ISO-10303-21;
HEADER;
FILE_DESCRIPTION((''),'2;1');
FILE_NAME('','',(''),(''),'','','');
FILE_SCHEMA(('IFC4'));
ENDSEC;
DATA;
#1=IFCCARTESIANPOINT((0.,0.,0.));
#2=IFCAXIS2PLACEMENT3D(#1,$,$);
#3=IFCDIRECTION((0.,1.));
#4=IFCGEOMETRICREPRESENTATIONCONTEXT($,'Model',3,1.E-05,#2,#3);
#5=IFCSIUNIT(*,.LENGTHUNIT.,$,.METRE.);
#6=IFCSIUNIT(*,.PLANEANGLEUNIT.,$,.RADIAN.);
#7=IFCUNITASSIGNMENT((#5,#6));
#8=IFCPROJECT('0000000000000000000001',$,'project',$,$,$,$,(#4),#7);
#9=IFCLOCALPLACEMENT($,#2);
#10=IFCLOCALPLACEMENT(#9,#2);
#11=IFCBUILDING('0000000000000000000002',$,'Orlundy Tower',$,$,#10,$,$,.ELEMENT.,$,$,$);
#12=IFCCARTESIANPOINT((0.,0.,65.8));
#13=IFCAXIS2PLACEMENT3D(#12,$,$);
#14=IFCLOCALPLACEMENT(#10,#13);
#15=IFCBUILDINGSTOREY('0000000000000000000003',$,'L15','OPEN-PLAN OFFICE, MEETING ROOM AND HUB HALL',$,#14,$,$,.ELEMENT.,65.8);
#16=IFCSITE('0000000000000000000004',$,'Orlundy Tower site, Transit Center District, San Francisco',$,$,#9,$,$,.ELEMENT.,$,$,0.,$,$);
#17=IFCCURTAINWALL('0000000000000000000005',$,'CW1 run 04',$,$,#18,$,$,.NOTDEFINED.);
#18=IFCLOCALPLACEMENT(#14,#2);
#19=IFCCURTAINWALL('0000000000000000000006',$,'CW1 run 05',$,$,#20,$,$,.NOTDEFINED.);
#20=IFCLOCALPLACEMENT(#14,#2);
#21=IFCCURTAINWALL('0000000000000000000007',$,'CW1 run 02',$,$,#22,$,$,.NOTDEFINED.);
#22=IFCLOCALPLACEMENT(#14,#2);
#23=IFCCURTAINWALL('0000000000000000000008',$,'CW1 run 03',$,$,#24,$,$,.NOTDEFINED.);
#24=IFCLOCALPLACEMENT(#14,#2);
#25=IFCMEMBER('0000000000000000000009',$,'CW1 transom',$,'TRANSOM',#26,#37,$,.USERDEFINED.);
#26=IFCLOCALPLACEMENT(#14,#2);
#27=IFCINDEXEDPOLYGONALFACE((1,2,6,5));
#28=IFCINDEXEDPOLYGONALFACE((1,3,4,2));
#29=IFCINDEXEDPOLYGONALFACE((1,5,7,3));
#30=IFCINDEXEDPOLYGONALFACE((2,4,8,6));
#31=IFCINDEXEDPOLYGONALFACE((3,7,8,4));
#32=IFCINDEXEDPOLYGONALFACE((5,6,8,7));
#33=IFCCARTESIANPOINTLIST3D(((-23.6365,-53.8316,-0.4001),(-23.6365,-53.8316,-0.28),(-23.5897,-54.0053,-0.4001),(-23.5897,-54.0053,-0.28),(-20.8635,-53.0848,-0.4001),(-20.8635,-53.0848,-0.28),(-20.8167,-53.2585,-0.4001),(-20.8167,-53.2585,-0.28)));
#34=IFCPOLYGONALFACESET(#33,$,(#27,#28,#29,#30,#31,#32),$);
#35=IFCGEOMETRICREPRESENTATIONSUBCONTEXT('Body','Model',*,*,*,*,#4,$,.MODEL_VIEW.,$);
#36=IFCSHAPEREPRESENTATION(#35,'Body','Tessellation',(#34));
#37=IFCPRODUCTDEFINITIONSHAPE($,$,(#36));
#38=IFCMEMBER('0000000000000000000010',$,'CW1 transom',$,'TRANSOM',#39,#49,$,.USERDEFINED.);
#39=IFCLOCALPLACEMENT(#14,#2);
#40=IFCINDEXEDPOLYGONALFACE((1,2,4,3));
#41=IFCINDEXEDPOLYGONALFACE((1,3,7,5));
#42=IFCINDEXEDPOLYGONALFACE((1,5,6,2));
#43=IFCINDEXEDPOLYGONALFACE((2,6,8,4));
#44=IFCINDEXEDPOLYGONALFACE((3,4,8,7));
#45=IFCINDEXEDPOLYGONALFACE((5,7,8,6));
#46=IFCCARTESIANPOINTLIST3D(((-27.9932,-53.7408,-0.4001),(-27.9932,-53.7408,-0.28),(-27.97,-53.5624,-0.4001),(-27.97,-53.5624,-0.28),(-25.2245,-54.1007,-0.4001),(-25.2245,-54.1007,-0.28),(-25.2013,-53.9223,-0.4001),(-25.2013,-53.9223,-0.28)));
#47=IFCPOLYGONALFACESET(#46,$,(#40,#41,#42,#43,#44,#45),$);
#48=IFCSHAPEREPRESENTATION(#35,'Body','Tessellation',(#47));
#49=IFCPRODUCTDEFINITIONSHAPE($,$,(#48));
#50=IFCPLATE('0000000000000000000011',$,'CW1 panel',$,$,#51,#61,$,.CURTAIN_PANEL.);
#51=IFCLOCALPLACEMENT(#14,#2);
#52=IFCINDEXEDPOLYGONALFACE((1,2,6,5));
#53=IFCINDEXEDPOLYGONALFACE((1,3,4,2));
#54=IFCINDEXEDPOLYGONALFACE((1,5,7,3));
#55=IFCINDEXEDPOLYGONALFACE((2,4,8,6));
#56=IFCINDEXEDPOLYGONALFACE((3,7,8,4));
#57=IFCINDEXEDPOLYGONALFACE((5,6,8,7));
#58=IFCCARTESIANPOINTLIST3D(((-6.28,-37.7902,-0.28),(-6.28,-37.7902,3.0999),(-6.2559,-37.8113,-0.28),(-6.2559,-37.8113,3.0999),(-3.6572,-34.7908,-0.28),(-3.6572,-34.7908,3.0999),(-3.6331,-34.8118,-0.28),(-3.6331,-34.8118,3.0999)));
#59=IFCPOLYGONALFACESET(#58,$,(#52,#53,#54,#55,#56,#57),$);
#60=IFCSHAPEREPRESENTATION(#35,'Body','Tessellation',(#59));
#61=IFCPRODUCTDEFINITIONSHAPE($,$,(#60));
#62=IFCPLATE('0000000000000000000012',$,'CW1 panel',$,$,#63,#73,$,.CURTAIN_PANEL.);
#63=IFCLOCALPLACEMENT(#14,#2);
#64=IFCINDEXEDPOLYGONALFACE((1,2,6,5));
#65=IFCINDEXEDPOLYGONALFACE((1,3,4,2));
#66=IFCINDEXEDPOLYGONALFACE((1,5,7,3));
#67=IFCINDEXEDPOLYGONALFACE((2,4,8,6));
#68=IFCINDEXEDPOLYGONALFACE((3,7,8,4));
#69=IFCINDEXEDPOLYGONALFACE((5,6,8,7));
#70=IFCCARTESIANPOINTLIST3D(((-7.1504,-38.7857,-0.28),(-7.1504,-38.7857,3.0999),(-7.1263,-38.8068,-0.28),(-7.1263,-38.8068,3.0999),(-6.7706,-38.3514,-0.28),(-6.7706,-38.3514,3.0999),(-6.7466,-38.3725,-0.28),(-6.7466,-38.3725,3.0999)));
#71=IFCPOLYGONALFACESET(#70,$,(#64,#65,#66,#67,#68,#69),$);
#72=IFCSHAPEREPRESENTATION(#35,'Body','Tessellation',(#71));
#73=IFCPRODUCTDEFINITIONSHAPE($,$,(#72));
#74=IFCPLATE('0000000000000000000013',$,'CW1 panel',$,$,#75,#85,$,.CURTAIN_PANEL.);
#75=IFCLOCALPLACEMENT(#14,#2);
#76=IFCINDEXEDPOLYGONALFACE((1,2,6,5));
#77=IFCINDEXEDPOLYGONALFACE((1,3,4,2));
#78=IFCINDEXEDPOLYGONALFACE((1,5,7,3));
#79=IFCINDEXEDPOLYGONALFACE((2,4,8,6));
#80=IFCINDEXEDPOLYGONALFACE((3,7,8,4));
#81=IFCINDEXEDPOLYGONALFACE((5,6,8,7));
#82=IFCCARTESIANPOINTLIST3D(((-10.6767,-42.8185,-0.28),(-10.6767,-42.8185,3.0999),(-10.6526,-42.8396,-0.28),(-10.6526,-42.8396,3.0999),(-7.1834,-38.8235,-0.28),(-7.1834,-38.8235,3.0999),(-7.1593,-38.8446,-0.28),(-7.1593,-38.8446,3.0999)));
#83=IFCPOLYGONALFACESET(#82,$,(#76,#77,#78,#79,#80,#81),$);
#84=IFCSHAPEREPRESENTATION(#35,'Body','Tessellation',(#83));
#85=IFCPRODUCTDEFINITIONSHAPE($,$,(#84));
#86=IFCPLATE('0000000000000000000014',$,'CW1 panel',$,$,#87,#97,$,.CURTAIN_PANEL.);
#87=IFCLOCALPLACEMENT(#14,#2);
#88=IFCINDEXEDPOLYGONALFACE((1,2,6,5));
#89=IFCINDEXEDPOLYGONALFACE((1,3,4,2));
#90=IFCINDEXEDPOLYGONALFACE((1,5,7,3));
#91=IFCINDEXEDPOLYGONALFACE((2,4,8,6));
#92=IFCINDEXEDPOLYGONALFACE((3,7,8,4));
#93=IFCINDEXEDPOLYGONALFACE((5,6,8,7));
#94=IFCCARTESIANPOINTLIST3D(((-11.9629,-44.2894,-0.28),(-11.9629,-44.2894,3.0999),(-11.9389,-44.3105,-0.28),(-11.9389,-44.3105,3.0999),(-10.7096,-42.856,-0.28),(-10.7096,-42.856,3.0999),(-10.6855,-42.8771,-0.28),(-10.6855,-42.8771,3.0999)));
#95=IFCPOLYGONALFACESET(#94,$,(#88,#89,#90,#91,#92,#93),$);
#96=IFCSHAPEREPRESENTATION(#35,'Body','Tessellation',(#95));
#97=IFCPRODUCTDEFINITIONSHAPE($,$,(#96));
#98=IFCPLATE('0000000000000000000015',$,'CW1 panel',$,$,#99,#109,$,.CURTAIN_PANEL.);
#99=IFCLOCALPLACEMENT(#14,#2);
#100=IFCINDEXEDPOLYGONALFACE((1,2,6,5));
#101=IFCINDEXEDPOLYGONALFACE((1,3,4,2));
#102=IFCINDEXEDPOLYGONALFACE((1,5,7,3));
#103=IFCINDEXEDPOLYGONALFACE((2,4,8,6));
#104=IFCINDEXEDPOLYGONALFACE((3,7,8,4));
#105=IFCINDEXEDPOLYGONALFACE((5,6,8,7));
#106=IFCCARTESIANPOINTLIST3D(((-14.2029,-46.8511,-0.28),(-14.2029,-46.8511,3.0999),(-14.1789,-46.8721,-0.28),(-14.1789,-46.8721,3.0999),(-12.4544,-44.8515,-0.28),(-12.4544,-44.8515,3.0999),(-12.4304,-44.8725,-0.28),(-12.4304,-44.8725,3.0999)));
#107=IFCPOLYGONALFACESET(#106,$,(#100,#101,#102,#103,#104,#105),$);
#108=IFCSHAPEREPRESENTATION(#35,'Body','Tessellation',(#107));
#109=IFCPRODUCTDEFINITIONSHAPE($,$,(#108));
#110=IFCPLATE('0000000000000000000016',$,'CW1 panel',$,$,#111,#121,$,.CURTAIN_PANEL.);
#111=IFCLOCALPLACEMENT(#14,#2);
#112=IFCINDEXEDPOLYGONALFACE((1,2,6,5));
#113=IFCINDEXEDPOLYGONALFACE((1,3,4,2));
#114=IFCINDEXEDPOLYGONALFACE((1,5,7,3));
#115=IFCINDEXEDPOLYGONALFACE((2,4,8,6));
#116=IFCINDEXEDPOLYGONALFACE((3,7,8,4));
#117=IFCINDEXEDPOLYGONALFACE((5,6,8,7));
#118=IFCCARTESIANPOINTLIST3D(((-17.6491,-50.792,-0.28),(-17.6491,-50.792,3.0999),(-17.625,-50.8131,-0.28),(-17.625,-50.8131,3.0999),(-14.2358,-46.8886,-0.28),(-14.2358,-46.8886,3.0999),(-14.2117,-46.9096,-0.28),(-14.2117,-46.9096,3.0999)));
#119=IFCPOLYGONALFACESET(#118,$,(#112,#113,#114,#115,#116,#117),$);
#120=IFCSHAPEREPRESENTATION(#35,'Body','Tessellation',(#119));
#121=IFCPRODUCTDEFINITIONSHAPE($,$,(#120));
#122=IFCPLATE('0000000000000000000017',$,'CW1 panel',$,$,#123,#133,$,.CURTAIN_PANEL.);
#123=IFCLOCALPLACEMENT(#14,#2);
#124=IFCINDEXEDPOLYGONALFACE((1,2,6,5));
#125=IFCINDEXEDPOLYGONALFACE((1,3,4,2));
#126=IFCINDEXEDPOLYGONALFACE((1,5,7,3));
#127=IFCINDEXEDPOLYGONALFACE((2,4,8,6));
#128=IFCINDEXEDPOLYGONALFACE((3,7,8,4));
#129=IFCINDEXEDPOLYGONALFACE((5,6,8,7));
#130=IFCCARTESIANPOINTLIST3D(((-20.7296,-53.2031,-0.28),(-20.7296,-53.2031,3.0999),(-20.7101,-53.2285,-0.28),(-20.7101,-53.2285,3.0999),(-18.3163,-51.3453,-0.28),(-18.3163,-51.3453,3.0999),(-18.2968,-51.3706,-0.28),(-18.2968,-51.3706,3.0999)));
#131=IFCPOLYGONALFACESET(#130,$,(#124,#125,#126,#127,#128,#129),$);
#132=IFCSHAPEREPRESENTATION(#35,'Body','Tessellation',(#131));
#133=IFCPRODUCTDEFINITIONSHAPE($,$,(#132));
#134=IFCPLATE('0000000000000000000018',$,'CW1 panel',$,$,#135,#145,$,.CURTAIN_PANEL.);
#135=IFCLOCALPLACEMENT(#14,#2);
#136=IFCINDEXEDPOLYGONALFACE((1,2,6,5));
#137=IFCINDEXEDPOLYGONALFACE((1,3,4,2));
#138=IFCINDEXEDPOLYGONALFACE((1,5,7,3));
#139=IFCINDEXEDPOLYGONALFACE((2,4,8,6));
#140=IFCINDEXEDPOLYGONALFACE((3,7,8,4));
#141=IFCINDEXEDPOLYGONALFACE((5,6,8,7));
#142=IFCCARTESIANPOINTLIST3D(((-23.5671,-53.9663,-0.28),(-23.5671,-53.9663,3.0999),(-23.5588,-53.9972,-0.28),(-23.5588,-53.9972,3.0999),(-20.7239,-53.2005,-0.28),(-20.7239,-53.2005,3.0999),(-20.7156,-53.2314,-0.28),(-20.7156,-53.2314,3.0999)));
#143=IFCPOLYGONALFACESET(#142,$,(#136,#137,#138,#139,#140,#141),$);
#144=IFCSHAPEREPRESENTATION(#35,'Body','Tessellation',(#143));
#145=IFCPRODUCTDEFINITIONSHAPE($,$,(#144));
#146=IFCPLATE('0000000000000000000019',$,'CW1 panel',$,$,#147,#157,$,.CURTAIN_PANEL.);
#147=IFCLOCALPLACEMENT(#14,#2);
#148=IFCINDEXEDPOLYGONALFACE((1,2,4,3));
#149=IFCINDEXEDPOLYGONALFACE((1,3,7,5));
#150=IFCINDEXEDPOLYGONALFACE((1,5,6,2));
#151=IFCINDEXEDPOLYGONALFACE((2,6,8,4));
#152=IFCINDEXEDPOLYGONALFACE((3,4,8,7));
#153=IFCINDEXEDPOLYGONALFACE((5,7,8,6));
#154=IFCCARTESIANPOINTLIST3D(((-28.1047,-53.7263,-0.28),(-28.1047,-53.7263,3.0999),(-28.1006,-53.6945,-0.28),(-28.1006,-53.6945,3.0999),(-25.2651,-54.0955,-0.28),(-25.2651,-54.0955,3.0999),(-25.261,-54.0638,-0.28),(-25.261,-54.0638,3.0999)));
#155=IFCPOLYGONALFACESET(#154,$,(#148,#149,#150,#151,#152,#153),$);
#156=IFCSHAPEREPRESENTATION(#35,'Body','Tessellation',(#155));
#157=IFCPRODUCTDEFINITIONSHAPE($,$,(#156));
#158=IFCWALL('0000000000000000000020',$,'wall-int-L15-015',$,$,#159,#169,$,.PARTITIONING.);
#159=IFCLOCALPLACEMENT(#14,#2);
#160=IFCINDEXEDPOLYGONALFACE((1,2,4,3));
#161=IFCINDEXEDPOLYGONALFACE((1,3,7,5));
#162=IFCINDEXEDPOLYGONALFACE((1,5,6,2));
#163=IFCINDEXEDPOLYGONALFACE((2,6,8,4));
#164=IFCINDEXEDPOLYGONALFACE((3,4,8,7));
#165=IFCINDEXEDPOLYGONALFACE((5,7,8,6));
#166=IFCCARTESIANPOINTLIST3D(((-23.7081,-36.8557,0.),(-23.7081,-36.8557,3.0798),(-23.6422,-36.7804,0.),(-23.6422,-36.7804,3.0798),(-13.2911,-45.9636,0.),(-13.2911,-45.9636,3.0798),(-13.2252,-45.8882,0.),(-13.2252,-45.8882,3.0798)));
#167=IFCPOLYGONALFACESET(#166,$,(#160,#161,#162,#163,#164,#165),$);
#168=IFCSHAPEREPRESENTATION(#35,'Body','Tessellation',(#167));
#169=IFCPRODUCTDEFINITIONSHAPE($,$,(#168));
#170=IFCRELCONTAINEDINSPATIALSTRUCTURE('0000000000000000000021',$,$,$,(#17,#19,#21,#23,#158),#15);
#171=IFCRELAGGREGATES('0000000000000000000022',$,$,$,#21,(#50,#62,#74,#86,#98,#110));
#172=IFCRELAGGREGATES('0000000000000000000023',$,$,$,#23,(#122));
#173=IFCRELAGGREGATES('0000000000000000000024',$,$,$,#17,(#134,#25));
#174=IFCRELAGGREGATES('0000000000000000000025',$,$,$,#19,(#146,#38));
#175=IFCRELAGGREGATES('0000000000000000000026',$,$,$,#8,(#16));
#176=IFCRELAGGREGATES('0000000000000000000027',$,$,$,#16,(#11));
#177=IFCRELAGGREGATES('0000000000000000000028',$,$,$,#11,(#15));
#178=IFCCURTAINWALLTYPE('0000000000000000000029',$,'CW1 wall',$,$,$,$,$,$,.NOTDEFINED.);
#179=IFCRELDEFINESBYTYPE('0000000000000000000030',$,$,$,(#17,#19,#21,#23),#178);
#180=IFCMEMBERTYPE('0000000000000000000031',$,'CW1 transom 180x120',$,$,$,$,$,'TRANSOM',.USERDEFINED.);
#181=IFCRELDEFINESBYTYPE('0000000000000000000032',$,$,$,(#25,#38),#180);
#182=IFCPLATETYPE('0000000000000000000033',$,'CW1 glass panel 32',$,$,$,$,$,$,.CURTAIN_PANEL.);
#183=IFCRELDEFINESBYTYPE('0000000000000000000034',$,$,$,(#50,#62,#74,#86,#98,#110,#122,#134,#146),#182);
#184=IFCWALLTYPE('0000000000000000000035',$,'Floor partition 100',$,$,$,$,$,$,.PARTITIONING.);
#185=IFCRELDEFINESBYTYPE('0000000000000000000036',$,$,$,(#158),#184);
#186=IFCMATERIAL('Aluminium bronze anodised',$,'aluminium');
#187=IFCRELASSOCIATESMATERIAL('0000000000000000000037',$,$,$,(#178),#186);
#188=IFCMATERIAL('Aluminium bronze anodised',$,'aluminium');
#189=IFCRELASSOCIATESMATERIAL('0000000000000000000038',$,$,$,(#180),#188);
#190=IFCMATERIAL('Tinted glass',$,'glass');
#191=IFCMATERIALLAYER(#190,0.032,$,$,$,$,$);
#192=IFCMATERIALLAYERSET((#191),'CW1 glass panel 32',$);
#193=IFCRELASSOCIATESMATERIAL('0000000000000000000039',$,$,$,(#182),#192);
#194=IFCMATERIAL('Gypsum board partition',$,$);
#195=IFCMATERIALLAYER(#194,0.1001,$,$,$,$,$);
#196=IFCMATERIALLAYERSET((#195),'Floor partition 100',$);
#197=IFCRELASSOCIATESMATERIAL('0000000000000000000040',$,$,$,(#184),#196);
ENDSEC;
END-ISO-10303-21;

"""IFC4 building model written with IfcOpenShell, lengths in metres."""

from ifc_helpers import new_model, si_unit, direction, frame, frame_2d, origin, origin_2d, place, context, subcontext, project, spatial, rectangle, extrude, material, layer, layer_set, material_profile, profile_set, type_object, element, aggregate, save


model = new_model("IFC4")

# Units and contexts
model_context = context("Model", 3, precision=1e-05, world=origin(), true_north=direction((0.0, 1.0)))
body_context = subcontext(model_context, "Body", "Model", "MODEL_VIEW")
ifc_project = project(units=[si_unit("LENGTHUNIT", "METRE"), si_unit("PLANEANGLEUNIT", "RADIAN")], contexts=[model_context])

# Site, building, storey
site_placement = place(None, origin())
site = spatial("IfcSite", under=ifc_project, at=site_placement, Name="Orlundy Tower site, Transit Center District, San Francisco", CompositionType="ELEMENT", RefElevation=0.0)
building_placement = place(site_placement, origin())
building = spatial("IfcBuilding", under=site, at=building_placement, Name="Orlundy Tower", CompositionType="ELEMENT")
storey_placement = place(building_placement, frame((0.0, 0.0, 65.8)))
storey = spatial("IfcBuildingStorey", under=building, at=storey_placement, Name="L15", Description="OPEN-PLAN OFFICE, MEETING ROOM AND HUB HALL", CompositionType="ELEMENT", Elevation=65.8)

# Curtain walls
ifc_material_1 = material(Name="Aluminium bronze anodised", Category="aluminium")
curtain_wall_type = type_object("IfcCurtainWallType", Name="CW1 wall", PredefinedType="NOTDEFINED", material=ifc_material_1)
curtain_wall_1_placement = place(storey_placement, origin())
curtain_wall_1 = element("IfcCurtainWall", 1, at=curtain_wall_1_placement, inside=storey, type_object=curtain_wall_type, Name="CW1 run 04", PredefinedType="NOTDEFINED")
curtain_wall_2_placement = place(storey_placement, origin())
curtain_wall_2 = element("IfcCurtainWall", 2, at=curtain_wall_2_placement, inside=storey, type_object=curtain_wall_type, Name="CW1 run 05", PredefinedType="NOTDEFINED")

# Curtain wall
curtain_wall_3_placement = place(storey_placement, origin())
curtain_wall_3 = element("IfcCurtainWall", 3, at=curtain_wall_3_placement, inside=storey, type_object=curtain_wall_type, Name="CW1 run 02", PredefinedType="NOTDEFINED")
ifc_material_2 = material(Name="Aluminium bronze anodised", Category="aluminium")
ifc_material_profile_1 = material_profile(ifc_material_2, rectangle(XDim=0.1799, YDim=0.1201, at=origin_2d()), Name="CW1 transom 180x120")
ifc_profile_set_1 = profile_set([ifc_material_profile_1], Name="Aluminium bronze anodised")
member_type_1 = type_object("IfcMemberType", Name="CW1 transom 180x120", ElementType="TRANSOM", PredefinedType="USERDEFINED", material=ifc_profile_set_1)

# Curtain wall
curtain_wall_4_placement = place(storey_placement, origin())
curtain_wall_4 = element("IfcCurtainWall", 4, at=curtain_wall_4_placement, inside=storey, type_object=curtain_wall_type, Name="CW1 run 03", PredefinedType="NOTDEFINED")

# Members
member_1_placement = place(storey_placement, frame((-20.8401, -53.1716, -0.3401), z_axis=(-0.965593, -0.260059, 0.0), x_axis=(0.260059, -0.965593, 0.0)))
member_1 = element("IfcMember", 5, at=member_1_placement, type_object=member_type_1, Name="CW1 transom", ObjectType="TRANSOM", PredefinedType="USERDEFINED", context=body_context, shape_type="SweptSolid", body=[
    extrude(rectangle(XDim=0.1799, YDim=0.1201, at=origin_2d()), origin(), (0.0, 0.0, 1.0), 2.8718),
])
member_2_placement = place(storey_placement, frame((-25.2129, -54.0115, -0.3401), z_axis=(-0.991659, 0.128887, 0.0), x_axis=(-0.128887, -0.991659, 0.0)))
member_2 = element("IfcMember", 6, at=member_2_placement, type_object=member_type_1, Name="CW1 transom", ObjectType="TRANSOM", PredefinedType="USERDEFINED", context=body_context, shape_type="SweptSolid", body=[
    extrude(rectangle(XDim=0.1799, YDim=0.1201, at=origin_2d()), origin(), (0.0, 0.0, 1.0), 2.792),
])

# Plates
ifc_material_3 = material(Name="Tinted glass", Category="glass")
ifc_layer_1 = layer(ifc_material_3, 0.032)
ifc_layer_set_1 = layer_set([ifc_layer_1], Name="CW1 glass panel 32")
plate_type = type_object("IfcPlateType", Name="CW1 glass panel 32", PredefinedType="CURTAIN_PANEL", material=ifc_layer_set_1)
plate_1_placement = place(storey_placement, frame((-4.9565, -36.301, -0.28), z_axis=(0.0, 0.0, 1.0), x_axis=(-0.658259, -0.752792, 0.0)))
plate_1 = element("IfcPlate", 7, at=plate_1_placement, type_object=plate_type, Name="CW1 panel", PredefinedType="CURTAIN_PANEL", context=body_context, shape_type="SweptSolid", body=[
    extrude(rectangle(XDim=3.9844, YDim=0.032, at=origin_2d()), origin(), (0.0, 0.0, 1.0), 3.3799),
])
plate_2_placement = place(storey_placement, frame((-6.9485, -38.5791, -0.28), z_axis=(0.0, 0.0, 1.0), x_axis=(-0.658259, -0.752792, 0.0)))
plate_2 = element("IfcPlate", 8, at=plate_2_placement, type_object=plate_type, Name="CW1 panel", PredefinedType="CURTAIN_PANEL", context=body_context, shape_type="SweptSolid", body=[
    extrude(rectangle(XDim=0.5769, YDim=0.032, at=origin_2d()), origin(), (0.0, 0.0, 1.0), 3.3799),
])
plate_3_placement = place(storey_placement, frame((-8.918, -40.8315, -0.28), z_axis=(0.0, 0.0, 1.0), x_axis=(-0.658259, -0.752792, 0.0)))
plate_3 = element("IfcPlate", 9, at=plate_3_placement, type_object=plate_type, Name="CW1 panel", PredefinedType="CURTAIN_PANEL", context=body_context, shape_type="SweptSolid", body=[
    extrude(rectangle(XDim=5.3069, YDim=0.032, at=origin_2d()), origin(), (0.0, 0.0, 1.0), 3.3799),
])
plate_4_placement = place(storey_placement, frame((-11.3242, -43.5833, -0.28), z_axis=(0.0, 0.0, 1.0), x_axis=(-0.658259, -0.752792, 0.0)))
plate_4 = element("IfcPlate", 10, at=plate_4_placement, type_object=plate_type, Name="CW1 panel", PredefinedType="CURTAIN_PANEL", context=body_context, shape_type="SweptSolid", body=[
    extrude(rectangle(XDim=1.9041, YDim=0.032, at=origin_2d()), origin(), (0.0, 0.0, 1.0), 3.3799),
])
plate_5_placement = place(storey_placement, frame((-13.3167, -45.8618, -0.28), z_axis=(0.0, 0.0, 1.0), x_axis=(-0.658259, -0.752792, 0.0)))
plate_5 = element("IfcPlate", 11, at=plate_5_placement, type_object=plate_type, Name="CW1 panel", PredefinedType="CURTAIN_PANEL", context=body_context, shape_type="SweptSolid", body=[
    extrude(rectangle(XDim=2.6562, YDim=0.032, at=origin_2d()), origin(), (0.0, 0.0, 1.0), 3.3799),
])
plate_6_placement = place(storey_placement, frame((-15.9304, -48.8508, -0.28), z_axis=(0.0, 0.0, 1.0), x_axis=(-0.658259, -0.752792, 0.0)))
plate_6 = element("IfcPlate", 12, at=plate_6_placement, type_object=plate_type, Name="CW1 panel", PredefinedType="CURTAIN_PANEL", context=body_context, shape_type="SweptSolid", body=[
    extrude(rectangle(XDim=5.1853, YDim=0.032, at=origin_2d()), origin(), (0.0, 0.0, 1.0), 3.3799),
])
aggregate(curtain_wall_3, [plate_1, plate_2, plate_3, plate_4, plate_5, plate_6])
plate_7_placement = place(storey_placement, frame((-19.5132, -52.2869, -0.28), z_axis=(0.0, 0.0, 1.0), x_axis=(-0.792393, -0.610011, 0.0)))
plate_7 = element("IfcPlate", 13, at=plate_7_placement, type_object=plate_type, Name="CW1 panel", PredefinedType="CURTAIN_PANEL", context=body_context, shape_type="SweptSolid", body=[
    extrude(rectangle(XDim=3.0457, YDim=0.032, at=origin_2d()), origin(), (0.0, 0.0, 1.0), 3.3799),
])
aggregate(curtain_wall_4, [plate_7])
plate_8_placement = place(storey_placement, frame((-22.1414, -53.5989, -0.28), z_axis=(0.0, 0.0, 1.0), x_axis=(-0.965587, -0.26008, 0.0)))
plate_8 = element("IfcPlate", 14, at=plate_8_placement, type_object=plate_type, Name="CW1 panel", PredefinedType="CURTAIN_PANEL", context=body_context, shape_type="SweptSolid", body=[
    extrude(rectangle(XDim=2.9446, YDim=0.032, at=origin_2d()), origin(), (0.0, 0.0, 1.0), 3.3799),
])
aggregate(curtain_wall_1, [plate_8, member_1])
plate_9_placement = place(storey_placement, frame((-26.6829, -53.895, -0.28), z_axis=(0.0, 0.0, 1.0), x_axis=(-0.991651, 0.128947, 0.0)))
plate_9 = element("IfcPlate", 15, at=plate_9_placement, type_object=plate_type, Name="CW1 panel", PredefinedType="CURTAIN_PANEL", context=body_context, shape_type="SweptSolid", body=[
    extrude(rectangle(XDim=2.8635, YDim=0.032, at=origin_2d()), origin(), (0.0, 0.0, 1.0), 3.3799),
])
aggregate(curtain_wall_2, [plate_9, member_2])

# Wall
ifc_material_4 = material(Name="Gypsum board partition")
ifc_layer_2 = layer(ifc_material_4, 0.1001)
ifc_layer_set_2 = layer_set([ifc_layer_2], Name="Floor partition 100")
wall_type = type_object("IfcWallType", Name="Floor partition 100", PredefinedType="PARTITIONING", material=ifc_layer_set_2)
wall_placement = place(storey_placement, frame((-23.675, -36.8181, 0.0), z_axis=(0.0, 0.0, 1.0), x_axis=(0.752826, -0.65822, 0.0)))
element("IfcWall", 16, at=wall_placement, inside=storey, type_object=wall_type, Name="wall-int-L15-015", PredefinedType="PARTITIONING", context=body_context, shape_type="SweptSolid", body=[
    extrude(rectangle(XDim=13.8372, YDim=0.1001, at=frame_2d((6.9185, 0.0))), origin(), (0.0, 0.0, 1.0), 3.0798),
])

save(model, "model.ifc")
